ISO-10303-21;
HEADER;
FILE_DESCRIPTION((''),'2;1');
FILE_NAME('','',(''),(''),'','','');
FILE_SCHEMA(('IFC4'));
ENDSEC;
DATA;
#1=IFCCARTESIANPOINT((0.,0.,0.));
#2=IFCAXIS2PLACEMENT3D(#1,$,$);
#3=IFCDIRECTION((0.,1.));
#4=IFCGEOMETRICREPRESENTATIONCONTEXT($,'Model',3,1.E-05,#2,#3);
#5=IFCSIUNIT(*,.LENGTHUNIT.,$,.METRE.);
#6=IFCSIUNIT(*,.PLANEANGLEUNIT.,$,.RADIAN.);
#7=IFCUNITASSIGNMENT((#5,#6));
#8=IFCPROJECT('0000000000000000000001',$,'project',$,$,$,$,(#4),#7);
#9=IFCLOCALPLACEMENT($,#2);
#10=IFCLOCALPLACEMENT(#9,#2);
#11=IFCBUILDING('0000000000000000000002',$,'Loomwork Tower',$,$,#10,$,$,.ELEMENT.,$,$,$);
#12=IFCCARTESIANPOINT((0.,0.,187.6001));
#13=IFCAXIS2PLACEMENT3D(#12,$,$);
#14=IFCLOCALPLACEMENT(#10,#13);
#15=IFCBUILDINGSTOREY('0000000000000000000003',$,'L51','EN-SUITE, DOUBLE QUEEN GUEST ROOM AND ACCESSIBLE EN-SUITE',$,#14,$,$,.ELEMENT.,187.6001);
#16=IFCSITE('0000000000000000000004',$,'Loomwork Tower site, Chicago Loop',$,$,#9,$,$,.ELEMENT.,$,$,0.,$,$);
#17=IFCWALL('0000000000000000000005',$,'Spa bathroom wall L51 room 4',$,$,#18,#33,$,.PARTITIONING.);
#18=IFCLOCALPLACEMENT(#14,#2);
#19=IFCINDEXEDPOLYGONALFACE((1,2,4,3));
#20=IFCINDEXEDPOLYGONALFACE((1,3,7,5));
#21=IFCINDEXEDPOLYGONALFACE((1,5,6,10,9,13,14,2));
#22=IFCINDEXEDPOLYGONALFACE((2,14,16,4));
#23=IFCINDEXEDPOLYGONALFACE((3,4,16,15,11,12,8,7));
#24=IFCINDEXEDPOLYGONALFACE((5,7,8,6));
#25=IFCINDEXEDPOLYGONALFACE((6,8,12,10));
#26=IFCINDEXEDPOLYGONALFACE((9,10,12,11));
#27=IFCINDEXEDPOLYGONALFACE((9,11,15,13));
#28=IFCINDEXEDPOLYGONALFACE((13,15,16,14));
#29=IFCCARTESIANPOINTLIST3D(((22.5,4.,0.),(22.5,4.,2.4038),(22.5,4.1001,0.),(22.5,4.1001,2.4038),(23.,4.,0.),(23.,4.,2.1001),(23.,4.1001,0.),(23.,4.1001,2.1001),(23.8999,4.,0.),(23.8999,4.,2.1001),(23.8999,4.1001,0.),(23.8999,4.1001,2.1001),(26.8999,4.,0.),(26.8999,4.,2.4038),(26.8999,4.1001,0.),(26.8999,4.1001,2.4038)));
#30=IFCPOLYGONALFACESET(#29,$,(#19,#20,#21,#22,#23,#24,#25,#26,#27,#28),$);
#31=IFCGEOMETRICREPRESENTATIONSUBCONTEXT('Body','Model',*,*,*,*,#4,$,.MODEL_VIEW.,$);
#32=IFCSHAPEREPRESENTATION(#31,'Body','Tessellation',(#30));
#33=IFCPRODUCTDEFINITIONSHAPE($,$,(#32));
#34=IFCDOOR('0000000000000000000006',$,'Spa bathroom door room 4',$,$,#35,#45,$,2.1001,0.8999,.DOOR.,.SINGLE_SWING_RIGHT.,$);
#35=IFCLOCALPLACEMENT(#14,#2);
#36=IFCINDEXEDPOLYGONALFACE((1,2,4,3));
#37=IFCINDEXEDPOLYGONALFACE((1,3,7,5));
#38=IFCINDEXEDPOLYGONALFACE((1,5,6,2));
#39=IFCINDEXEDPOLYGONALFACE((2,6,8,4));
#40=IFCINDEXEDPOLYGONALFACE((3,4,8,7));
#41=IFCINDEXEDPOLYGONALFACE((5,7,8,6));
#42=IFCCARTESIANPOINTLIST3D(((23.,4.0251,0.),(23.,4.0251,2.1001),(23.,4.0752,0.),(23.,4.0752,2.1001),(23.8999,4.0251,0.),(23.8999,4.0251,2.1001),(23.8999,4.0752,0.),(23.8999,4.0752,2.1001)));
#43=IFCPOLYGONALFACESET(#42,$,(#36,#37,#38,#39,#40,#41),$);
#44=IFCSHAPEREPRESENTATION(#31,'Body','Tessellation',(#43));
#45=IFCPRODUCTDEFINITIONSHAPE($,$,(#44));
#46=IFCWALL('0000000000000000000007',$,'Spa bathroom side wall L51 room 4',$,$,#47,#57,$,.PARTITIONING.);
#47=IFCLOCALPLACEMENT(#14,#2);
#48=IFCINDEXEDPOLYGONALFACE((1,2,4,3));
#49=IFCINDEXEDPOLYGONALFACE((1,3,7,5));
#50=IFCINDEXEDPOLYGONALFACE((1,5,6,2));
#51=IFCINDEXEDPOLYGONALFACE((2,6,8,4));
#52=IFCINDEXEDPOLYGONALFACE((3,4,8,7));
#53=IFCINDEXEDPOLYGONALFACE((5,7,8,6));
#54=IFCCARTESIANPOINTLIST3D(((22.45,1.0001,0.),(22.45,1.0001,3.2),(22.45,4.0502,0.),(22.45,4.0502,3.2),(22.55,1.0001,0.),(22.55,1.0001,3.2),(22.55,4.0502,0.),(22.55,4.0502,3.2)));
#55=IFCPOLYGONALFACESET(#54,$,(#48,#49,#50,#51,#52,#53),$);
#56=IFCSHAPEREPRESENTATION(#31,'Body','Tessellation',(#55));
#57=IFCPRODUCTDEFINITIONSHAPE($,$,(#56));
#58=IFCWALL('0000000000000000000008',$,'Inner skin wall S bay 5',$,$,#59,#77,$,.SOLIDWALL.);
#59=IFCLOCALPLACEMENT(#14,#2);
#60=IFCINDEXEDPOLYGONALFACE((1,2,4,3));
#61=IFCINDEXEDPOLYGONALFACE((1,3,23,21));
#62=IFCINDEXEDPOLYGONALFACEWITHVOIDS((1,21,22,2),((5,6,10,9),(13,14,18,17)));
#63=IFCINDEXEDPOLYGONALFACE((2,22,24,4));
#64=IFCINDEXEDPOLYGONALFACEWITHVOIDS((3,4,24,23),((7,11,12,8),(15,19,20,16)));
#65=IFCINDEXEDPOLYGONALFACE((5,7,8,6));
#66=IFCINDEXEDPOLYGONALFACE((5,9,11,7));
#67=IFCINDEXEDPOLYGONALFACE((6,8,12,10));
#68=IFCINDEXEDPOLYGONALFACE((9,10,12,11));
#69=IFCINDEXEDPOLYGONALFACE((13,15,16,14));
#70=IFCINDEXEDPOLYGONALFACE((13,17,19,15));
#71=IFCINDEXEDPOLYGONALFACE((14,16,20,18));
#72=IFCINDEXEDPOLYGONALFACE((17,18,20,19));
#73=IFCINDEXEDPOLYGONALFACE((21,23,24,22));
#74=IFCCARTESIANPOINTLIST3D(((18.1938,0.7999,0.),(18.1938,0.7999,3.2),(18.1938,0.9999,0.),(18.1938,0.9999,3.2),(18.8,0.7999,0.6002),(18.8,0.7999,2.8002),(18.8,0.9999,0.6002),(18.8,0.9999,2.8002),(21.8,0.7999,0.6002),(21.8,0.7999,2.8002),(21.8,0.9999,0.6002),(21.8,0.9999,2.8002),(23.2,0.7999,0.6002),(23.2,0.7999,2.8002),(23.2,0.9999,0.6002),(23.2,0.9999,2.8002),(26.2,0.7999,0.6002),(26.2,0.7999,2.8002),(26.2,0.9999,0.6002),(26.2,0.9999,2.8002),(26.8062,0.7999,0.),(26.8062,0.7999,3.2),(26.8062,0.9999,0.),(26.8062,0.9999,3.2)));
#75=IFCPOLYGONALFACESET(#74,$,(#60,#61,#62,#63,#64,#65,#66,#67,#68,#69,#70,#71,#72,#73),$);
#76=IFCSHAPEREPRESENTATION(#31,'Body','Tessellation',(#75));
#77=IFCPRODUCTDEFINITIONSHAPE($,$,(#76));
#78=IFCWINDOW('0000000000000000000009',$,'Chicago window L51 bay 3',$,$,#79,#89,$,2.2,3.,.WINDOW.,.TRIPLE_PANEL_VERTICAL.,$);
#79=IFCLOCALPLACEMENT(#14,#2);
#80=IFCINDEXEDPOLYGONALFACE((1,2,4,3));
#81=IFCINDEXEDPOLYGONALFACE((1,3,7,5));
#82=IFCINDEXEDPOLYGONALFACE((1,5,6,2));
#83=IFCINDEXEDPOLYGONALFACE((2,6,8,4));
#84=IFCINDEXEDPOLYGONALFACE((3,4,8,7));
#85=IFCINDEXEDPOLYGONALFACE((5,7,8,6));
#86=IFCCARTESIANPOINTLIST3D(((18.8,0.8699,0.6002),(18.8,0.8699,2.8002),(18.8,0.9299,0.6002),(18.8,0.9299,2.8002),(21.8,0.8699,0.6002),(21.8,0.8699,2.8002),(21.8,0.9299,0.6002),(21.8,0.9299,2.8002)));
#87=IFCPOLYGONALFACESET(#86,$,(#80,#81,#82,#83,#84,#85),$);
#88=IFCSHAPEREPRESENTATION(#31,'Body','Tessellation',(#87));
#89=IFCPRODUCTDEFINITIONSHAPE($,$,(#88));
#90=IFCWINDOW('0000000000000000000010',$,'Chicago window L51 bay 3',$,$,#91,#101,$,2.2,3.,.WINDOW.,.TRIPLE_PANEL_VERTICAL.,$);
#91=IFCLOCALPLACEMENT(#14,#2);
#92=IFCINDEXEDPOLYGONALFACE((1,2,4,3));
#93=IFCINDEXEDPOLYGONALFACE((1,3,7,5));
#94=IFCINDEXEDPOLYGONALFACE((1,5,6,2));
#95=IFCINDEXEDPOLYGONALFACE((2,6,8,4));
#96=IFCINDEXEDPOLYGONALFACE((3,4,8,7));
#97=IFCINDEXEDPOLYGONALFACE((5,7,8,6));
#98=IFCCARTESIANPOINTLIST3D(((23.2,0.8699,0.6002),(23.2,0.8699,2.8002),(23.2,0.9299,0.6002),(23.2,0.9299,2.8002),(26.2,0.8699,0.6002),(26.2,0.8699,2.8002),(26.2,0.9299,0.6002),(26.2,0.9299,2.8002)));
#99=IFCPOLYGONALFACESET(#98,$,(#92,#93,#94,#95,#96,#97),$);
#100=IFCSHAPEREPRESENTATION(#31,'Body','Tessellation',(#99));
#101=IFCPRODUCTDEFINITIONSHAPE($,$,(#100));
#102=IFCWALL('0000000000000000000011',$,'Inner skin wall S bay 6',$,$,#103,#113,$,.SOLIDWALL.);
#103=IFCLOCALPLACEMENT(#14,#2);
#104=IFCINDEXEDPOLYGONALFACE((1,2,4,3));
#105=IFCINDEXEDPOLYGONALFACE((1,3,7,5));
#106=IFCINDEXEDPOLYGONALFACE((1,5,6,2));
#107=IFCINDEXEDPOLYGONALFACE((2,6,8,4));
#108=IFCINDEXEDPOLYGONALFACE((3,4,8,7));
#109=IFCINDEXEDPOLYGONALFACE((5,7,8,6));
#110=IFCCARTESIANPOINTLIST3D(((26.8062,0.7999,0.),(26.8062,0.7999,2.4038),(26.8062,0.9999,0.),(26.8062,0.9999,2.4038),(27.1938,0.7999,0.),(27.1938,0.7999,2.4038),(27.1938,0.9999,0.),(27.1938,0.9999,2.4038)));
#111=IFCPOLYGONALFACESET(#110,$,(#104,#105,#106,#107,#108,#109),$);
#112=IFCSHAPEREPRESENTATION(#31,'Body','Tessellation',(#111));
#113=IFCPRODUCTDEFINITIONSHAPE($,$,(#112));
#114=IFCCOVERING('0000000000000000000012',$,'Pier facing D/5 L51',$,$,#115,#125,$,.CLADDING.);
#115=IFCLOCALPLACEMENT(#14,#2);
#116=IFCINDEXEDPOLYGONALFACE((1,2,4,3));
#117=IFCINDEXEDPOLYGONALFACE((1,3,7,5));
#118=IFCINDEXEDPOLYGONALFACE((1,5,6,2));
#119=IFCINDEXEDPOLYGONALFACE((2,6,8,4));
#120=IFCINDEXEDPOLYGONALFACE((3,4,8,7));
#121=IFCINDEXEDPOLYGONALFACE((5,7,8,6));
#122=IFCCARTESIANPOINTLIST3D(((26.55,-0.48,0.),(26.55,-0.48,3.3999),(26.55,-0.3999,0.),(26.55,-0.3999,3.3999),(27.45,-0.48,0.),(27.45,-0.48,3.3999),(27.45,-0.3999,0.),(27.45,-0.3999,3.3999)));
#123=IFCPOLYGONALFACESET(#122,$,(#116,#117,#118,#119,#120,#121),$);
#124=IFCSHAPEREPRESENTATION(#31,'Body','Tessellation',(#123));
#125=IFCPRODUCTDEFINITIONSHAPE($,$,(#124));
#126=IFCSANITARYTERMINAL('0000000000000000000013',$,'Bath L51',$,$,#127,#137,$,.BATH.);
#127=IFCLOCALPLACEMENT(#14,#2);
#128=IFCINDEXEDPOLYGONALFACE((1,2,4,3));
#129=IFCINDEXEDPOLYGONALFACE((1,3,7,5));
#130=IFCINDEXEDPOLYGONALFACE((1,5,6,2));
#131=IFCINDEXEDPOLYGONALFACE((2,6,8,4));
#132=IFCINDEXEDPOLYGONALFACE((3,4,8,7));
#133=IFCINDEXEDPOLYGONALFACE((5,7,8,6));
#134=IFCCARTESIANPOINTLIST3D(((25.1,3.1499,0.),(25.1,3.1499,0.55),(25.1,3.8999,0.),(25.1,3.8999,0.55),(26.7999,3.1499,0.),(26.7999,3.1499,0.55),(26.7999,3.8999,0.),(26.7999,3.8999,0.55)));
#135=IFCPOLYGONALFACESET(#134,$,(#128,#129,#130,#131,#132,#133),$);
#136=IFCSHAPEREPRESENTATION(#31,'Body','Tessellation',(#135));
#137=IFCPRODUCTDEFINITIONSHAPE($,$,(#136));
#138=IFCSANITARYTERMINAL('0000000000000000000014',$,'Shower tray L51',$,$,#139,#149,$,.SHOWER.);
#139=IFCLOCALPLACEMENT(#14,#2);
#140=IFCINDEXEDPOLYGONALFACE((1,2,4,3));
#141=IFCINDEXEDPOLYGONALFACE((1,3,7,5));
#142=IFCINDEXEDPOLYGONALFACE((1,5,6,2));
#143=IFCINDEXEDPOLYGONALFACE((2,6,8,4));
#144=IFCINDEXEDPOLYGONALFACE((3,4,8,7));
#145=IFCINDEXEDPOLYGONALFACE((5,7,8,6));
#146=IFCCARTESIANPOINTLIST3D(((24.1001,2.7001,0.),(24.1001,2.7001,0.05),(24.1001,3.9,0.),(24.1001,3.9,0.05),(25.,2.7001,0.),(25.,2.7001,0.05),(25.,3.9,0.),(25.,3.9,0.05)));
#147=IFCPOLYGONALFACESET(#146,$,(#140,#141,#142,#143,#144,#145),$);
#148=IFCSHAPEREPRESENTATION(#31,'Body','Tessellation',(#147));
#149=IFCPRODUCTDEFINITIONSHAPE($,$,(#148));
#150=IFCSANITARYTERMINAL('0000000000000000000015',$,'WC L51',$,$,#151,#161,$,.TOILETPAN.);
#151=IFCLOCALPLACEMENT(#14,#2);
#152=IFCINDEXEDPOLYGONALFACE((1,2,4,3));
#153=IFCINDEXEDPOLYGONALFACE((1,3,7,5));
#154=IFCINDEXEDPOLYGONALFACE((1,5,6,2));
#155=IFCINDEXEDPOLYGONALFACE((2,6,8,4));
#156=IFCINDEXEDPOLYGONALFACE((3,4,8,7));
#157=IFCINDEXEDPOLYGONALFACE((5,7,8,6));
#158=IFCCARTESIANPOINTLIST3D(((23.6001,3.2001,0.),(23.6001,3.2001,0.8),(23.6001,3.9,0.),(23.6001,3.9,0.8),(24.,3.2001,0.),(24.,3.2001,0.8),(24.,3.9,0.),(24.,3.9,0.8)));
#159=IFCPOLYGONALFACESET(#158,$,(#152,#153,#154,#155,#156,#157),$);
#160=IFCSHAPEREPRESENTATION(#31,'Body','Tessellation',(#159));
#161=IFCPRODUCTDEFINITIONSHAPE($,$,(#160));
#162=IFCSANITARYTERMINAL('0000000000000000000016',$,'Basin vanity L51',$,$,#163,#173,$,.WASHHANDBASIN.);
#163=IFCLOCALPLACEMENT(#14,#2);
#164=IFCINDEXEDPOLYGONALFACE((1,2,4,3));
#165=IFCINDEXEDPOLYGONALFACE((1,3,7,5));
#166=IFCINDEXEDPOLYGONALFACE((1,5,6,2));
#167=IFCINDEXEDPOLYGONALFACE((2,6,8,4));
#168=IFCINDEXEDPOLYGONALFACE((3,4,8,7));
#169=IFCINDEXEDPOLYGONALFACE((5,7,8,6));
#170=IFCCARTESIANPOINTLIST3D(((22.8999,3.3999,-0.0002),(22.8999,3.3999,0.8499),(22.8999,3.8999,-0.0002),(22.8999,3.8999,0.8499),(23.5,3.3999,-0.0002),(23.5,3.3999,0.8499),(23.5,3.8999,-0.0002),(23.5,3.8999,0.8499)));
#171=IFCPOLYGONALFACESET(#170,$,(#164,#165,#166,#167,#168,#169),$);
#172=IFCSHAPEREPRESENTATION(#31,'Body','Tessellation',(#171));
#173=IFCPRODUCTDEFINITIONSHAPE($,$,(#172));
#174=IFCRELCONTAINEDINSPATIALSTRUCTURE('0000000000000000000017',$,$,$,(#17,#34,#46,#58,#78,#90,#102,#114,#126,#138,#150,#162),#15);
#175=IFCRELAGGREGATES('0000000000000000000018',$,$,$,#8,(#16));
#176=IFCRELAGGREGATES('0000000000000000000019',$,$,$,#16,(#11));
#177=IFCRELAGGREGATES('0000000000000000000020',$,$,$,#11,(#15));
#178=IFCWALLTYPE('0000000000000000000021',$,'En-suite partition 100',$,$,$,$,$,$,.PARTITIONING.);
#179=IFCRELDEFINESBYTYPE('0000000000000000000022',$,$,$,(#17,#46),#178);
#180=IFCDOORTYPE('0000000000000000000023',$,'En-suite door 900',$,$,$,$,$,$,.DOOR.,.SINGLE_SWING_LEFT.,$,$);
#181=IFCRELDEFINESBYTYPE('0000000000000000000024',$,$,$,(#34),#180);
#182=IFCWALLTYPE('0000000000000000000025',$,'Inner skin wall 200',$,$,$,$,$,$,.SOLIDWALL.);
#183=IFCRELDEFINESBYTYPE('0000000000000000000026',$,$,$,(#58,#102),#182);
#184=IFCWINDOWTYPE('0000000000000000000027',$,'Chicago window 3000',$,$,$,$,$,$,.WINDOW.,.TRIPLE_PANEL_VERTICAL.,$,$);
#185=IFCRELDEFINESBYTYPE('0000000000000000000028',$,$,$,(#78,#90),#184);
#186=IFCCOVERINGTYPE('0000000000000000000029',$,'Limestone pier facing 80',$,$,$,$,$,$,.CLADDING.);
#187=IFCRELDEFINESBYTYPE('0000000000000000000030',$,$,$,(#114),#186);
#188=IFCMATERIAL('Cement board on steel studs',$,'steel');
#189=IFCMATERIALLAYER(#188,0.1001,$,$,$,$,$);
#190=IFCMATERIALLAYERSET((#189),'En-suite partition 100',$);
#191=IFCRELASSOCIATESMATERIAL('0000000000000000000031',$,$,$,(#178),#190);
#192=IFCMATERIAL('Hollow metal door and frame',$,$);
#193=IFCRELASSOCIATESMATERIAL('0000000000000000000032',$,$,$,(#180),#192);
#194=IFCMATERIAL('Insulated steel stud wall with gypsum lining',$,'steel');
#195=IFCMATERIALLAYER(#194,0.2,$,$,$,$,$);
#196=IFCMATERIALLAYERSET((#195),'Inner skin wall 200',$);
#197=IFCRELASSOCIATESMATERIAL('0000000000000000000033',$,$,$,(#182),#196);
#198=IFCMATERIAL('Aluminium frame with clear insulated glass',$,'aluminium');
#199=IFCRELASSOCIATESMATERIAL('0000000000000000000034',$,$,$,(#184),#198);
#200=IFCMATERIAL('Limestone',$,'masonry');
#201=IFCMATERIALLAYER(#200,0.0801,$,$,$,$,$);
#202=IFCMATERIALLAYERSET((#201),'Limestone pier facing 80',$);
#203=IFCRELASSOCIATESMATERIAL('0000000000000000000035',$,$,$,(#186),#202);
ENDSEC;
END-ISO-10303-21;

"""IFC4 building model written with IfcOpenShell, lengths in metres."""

from ifc_helpers import new_model, si_unit, direction, frame, frame_2d, origin, origin_2d, place, context, subcontext, project, spatial, rectangle, extrude, material, layer, layer_set, type_object, element, fill, save


model = new_model("IFC4")

# Units and contexts
model_context = context("Model", 3, precision=1e-05, world=origin(), true_north=direction((0.0, 1.0)))
body_context = subcontext(model_context, "Body", "Model", "MODEL_VIEW")
ifc_project = project(units=[si_unit("LENGTHUNIT", "METRE"), si_unit("PLANEANGLEUNIT", "RADIAN")], contexts=[model_context])

# Site, building, storey
site_placement = place(None, origin())
site = spatial("IfcSite", under=ifc_project, at=site_placement, Name="Loomwork Tower site, Chicago Loop", CompositionType="ELEMENT", RefElevation=0.0)
building_placement = place(site_placement, origin())
building = spatial("IfcBuilding", under=site, at=building_placement, Name="Loomwork Tower", CompositionType="ELEMENT")
storey_placement = place(building_placement, frame((0.0, 0.0, 187.6001)))
storey = spatial("IfcBuildingStorey", under=building, at=storey_placement, Name="L51", Description="EN-SUITE, DOUBLE QUEEN GUEST ROOM AND ACCESSIBLE EN-SUITE", CompositionType="ELEMENT", Elevation=187.6001)

# Wall, opening, door
ifc_material_1 = material(Name="Cement board on steel studs", Category="steel")
ifc_layer_1 = layer(ifc_material_1, 0.1001)
ifc_layer_set_1 = layer_set([ifc_layer_1], Name="En-suite partition 100")
wall_type_1 = type_object("IfcWallType", Name="En-suite partition 100", PredefinedType="PARTITIONING", material=ifc_layer_set_1)
wall_1_placement = place(storey_placement, frame((22.5, 4.05, 0.0), z_axis=(0.0, 0.0, 1.0), x_axis=(1.0, 0.0, 0.0)))
wall_1 = element("IfcWall", 1, at=wall_1_placement, inside=storey, type_object=wall_type_1, Name="Spa bathroom wall L51 room 4", PredefinedType="PARTITIONING", context=body_context, shape_type="SweptSolid", body=[
    extrude(rectangle(XDim=4.3999, YDim=0.1001, at=frame_2d((2.2, 0.0))), origin(), (0.0, 0.0, 1.0), 2.4038),
])
opening_1_placement = place(wall_1_placement, frame((0.5, 0.0, 0.0)))
opening_1 = element("IfcOpeningElement", 2, at=opening_1_placement, cuts=wall_1, PredefinedType="OPENING", context=body_context, shape_type="SweptSolid", body=[
    extrude(rectangle(XDim=0.8999, YDim=2.1001, at=frame_2d((0.45, 1.05))), frame((0.0, 0.0601, 0.0), z_axis=(0.0, -1.0, 0.0), x_axis=(1.0, 0.0, 0.0)), (0.0, 0.0, 1.0), 0.1201),
])
ifc_material_2 = material(Name="Hollow metal door and frame")
door_type_1 = type_object("IfcDoorType", Name="En-suite door 900", OperationType="SINGLE_SWING_LEFT", PredefinedType="DOOR", material=ifc_material_2)
door_1_placement = place(opening_1_placement, frame((0.8999, 0.0, 0.0), z_axis=(0.0, 0.0, 1.0), x_axis=(-1.0, 0.0, 0.0)))
door_1 = element("IfcDoor", 3, at=door_1_placement, inside=storey, type_object=door_type_1, Name="Spa bathroom door room 4", OperationType="SINGLE_SWING_RIGHT", OverallHeight=2.1001, OverallWidth=0.8999, PredefinedType="DOOR", context=body_context, shape_type="SweptSolid", body=[
    extrude(rectangle(XDim=0.8999, YDim=2.1001, at=frame_2d((0.45, 1.05))), frame((0.0, 0.0249, 0.0), z_axis=(0.0, -1.0, 0.0), x_axis=(1.0, 0.0, 0.0)), (0.0, 0.0, 1.0), 0.05),
])
fill(opening_1, door_1)

# Wall
wall_2_placement = place(storey_placement, frame((22.5, 4.05, 0.0), z_axis=(0.0, 0.0, 1.0), x_axis=(0.0, -1.0, 0.0)))
element("IfcWall", 4, at=wall_2_placement, inside=storey, type_object=wall_type_1, Name="Spa bathroom side wall L51 room 4", PredefinedType="PARTITIONING", context=body_context, shape_type="SweptSolid", body=[
    extrude(rectangle(XDim=3.05, YDim=0.1001, at=frame_2d((1.5249, 0.0))), origin(), (0.0, 0.0, 1.0), 3.2),
])

# Wall, openings, windows
ifc_material_3 = material(Name="Insulated steel stud wall with gypsum lining", Category="steel")
ifc_layer_2 = layer(ifc_material_3, 0.2)
ifc_layer_set_2 = layer_set([ifc_layer_2], Name="Inner skin wall 200")
wall_type_2 = type_object("IfcWallType", Name="Inner skin wall 200", PredefinedType="SOLIDWALL", material=ifc_layer_set_2)
wall_3_placement = place(storey_placement, frame((18.1938, 0.8999, 0.0), z_axis=(0.0, 0.0, 1.0), x_axis=(1.0, 0.0, 0.0)))
wall_3 = element("IfcWall", 5, at=wall_3_placement, inside=storey, type_object=wall_type_2, Name="Inner skin wall S bay 5", PredefinedType="SOLIDWALL", context=body_context, shape_type="SweptSolid", body=[
    extrude(rectangle(XDim=8.6123, YDim=0.2, at=frame_2d((4.3062, 0.0))), origin(), (0.0, 0.0, 1.0), 3.2),
])
opening_2_placement = place(wall_3_placement, frame((0.6062, 0.0, 0.6001)))
opening_2 = element("IfcOpeningElement", 6, at=opening_2_placement, cuts=wall_3, PredefinedType="OPENING", context=body_context, shape_type="SweptSolid", body=[
    extrude(rectangle(XDim=3.0, YDim=2.2, at=frame_2d((1.5, 1.1001))), frame((0.0, 0.1099, 0.0), z_axis=(0.0, -1.0, 0.0), x_axis=(1.0, 0.0, 0.0)), (0.0, 0.0, 1.0), 0.22),
])
opening_3_placement = place(wall_3_placement, frame((5.0061, 0.0, 0.6001)))
opening_3 = element("IfcOpeningElement", 7, at=opening_3_placement, cuts=wall_3, PredefinedType="OPENING", context=body_context, shape_type="SweptSolid", body=[
    extrude(rectangle(XDim=3.0, YDim=2.2, at=frame_2d((1.5, 1.1001))), frame((0.0, 0.1099, 0.0), z_axis=(0.0, -1.0, 0.0), x_axis=(1.0, 0.0, 0.0)), (0.0, 0.0, 1.0), 0.22),
])
ifc_material_4 = material(Name="Aluminium frame with clear insulated glass", Category="aluminium")
window_type = type_object("IfcWindowType", Name="Chicago window 3000", PartitioningType="TRIPLE_PANEL_VERTICAL", PredefinedType="WINDOW", material=ifc_material_4)
window_1_placement = place(opening_2_placement, origin())
window_1 = element("IfcWindow", 8, at=window_1_placement, inside=storey, type_object=window_type, Name="Chicago window L51 bay 3", OverallHeight=2.2, OverallWidth=3.0, PartitioningType="TRIPLE_PANEL_VERTICAL", PredefinedType="WINDOW", context=body_context, shape_type="SweptSolid", body=[
    extrude(rectangle(XDim=3.0, YDim=2.2, at=frame_2d((1.5, 1.1001))), frame((0.0, 0.03, 0.0), z_axis=(0.0, -1.0, 0.0), x_axis=(1.0, 0.0, 0.0)), (0.0, 0.0, 1.0), 0.0601),
])
fill(opening_2, window_1)
window_2_placement = place(opening_3_placement, origin())
window_2 = element("IfcWindow", 9, at=window_2_placement, inside=storey, type_object=window_type, Name="Chicago window L51 bay 3", OverallHeight=2.2, OverallWidth=3.0, PartitioningType="TRIPLE_PANEL_VERTICAL", PredefinedType="WINDOW", context=body_context, shape_type="SweptSolid", body=[
    extrude(rectangle(XDim=3.0, YDim=2.2, at=frame_2d((1.5, 1.1001))), frame((0.0, 0.03, 0.0), z_axis=(0.0, -1.0, 0.0), x_axis=(1.0, 0.0, 0.0)), (0.0, 0.0, 1.0), 0.0601),
])
fill(opening_3, window_2)

# Wall
wall_4_placement = place(storey_placement, frame((26.8062, 0.8999, 0.0), z_axis=(0.0, 0.0, 1.0), x_axis=(1.0, 0.0, 0.0)))
element("IfcWall", 10, at=wall_4_placement, inside=storey, type_object=wall_type_2, Name="Inner skin wall S bay 6", PredefinedType="SOLIDWALL", context=body_context, shape_type="SweptSolid", body=[
    extrude(rectangle(XDim=0.3877, YDim=0.2, at=frame_2d((0.1938, 0.0))), origin(), (0.0, 0.0, 1.0), 2.4038),
])

# Covering
ifc_material_5 = material(Name="Limestone", Category="masonry")
ifc_layer_3 = layer(ifc_material_5, 0.0801)
ifc_layer_set_3 = layer_set([ifc_layer_3], Name="Limestone pier facing 80")
covering_type = type_object("IfcCoveringType", Name="Limestone pier facing 80", PredefinedType="CLADDING", material=ifc_layer_set_3)
covering_placement = place(storey_placement, frame((27.0, -0.4399, 0.0), z_axis=(0.0, 0.0, 1.0), x_axis=(1.0, 0.0, 0.0)))
element("IfcCovering", 11, at=covering_placement, inside=storey, type_object=covering_type, Name="Pier facing D/5 L51", PredefinedType="CLADDING", context=body_context, shape_type="SweptSolid", body=[
    extrude(rectangle(XDim=0.8999, YDim=0.0801, at=origin_2d()), origin(), (0.0, 0.0, 1.0), 3.3999),
])

# Sanitary terminals
sanitary_terminal_1_placement = place(storey_placement, frame((25.95, 3.5249, 0.0), z_axis=(0.0, 0.0, 1.0), x_axis=(1.0, 0.0, 0.0)))
element("IfcSanitaryTerminal", 12, at=sanitary_terminal_1_placement, inside=storey, Name="Bath L51", PredefinedType="BATH", context=body_context, shape_type="SweptSolid", body=[
    extrude(rectangle(XDim=1.7, YDim=0.75, at=origin_2d()), origin(), (0.0, 0.0, 1.0), 0.55),
])
sanitary_terminal_2_placement = place(storey_placement, frame((24.55, 3.3, 0.0), z_axis=(0.0, 0.0, 1.0), x_axis=(1.0, 0.0, 0.0)))
element("IfcSanitaryTerminal", 13, at=sanitary_terminal_2_placement, inside=storey, Name="Shower tray L51", PredefinedType="SHOWER", context=body_context, shape_type="SweptSolid", body=[
    extrude(rectangle(XDim=0.8999, YDim=1.2, at=origin_2d()), origin(), (0.0, 0.0, 1.0), 0.05),
])
sanitary_terminal_3_placement = place(storey_placement, frame((23.8, 3.55, 0.0), z_axis=(0.0, 0.0, 1.0), x_axis=(1.0, 0.0, 0.0)))
element("IfcSanitaryTerminal", 14, at=sanitary_terminal_3_placement, inside=storey, Name="WC L51", PredefinedType="TOILETPAN", context=body_context, shape_type="SweptSolid", body=[
    extrude(rectangle(XDim=0.3999, YDim=0.7, at=origin_2d()), origin(), (0.0, 0.0, 1.0), 0.8),
])
sanitary_terminal_4_placement = place(storey_placement, frame((23.2, 3.6499, -0.0002), z_axis=(0.0, 0.0, 1.0), x_axis=(1.0, 0.0, 0.0)))
element("IfcSanitaryTerminal", 15, at=sanitary_terminal_4_placement, inside=storey, Name="Basin vanity L51", PredefinedType="WASHHANDBASIN", context=body_context, shape_type="SweptSolid", body=[
    extrude(rectangle(XDim=0.6001, YDim=0.5, at=origin_2d()), origin(), (0.0, 0.0, 1.0), 0.8501),
])

save(model, "model.ifc")
